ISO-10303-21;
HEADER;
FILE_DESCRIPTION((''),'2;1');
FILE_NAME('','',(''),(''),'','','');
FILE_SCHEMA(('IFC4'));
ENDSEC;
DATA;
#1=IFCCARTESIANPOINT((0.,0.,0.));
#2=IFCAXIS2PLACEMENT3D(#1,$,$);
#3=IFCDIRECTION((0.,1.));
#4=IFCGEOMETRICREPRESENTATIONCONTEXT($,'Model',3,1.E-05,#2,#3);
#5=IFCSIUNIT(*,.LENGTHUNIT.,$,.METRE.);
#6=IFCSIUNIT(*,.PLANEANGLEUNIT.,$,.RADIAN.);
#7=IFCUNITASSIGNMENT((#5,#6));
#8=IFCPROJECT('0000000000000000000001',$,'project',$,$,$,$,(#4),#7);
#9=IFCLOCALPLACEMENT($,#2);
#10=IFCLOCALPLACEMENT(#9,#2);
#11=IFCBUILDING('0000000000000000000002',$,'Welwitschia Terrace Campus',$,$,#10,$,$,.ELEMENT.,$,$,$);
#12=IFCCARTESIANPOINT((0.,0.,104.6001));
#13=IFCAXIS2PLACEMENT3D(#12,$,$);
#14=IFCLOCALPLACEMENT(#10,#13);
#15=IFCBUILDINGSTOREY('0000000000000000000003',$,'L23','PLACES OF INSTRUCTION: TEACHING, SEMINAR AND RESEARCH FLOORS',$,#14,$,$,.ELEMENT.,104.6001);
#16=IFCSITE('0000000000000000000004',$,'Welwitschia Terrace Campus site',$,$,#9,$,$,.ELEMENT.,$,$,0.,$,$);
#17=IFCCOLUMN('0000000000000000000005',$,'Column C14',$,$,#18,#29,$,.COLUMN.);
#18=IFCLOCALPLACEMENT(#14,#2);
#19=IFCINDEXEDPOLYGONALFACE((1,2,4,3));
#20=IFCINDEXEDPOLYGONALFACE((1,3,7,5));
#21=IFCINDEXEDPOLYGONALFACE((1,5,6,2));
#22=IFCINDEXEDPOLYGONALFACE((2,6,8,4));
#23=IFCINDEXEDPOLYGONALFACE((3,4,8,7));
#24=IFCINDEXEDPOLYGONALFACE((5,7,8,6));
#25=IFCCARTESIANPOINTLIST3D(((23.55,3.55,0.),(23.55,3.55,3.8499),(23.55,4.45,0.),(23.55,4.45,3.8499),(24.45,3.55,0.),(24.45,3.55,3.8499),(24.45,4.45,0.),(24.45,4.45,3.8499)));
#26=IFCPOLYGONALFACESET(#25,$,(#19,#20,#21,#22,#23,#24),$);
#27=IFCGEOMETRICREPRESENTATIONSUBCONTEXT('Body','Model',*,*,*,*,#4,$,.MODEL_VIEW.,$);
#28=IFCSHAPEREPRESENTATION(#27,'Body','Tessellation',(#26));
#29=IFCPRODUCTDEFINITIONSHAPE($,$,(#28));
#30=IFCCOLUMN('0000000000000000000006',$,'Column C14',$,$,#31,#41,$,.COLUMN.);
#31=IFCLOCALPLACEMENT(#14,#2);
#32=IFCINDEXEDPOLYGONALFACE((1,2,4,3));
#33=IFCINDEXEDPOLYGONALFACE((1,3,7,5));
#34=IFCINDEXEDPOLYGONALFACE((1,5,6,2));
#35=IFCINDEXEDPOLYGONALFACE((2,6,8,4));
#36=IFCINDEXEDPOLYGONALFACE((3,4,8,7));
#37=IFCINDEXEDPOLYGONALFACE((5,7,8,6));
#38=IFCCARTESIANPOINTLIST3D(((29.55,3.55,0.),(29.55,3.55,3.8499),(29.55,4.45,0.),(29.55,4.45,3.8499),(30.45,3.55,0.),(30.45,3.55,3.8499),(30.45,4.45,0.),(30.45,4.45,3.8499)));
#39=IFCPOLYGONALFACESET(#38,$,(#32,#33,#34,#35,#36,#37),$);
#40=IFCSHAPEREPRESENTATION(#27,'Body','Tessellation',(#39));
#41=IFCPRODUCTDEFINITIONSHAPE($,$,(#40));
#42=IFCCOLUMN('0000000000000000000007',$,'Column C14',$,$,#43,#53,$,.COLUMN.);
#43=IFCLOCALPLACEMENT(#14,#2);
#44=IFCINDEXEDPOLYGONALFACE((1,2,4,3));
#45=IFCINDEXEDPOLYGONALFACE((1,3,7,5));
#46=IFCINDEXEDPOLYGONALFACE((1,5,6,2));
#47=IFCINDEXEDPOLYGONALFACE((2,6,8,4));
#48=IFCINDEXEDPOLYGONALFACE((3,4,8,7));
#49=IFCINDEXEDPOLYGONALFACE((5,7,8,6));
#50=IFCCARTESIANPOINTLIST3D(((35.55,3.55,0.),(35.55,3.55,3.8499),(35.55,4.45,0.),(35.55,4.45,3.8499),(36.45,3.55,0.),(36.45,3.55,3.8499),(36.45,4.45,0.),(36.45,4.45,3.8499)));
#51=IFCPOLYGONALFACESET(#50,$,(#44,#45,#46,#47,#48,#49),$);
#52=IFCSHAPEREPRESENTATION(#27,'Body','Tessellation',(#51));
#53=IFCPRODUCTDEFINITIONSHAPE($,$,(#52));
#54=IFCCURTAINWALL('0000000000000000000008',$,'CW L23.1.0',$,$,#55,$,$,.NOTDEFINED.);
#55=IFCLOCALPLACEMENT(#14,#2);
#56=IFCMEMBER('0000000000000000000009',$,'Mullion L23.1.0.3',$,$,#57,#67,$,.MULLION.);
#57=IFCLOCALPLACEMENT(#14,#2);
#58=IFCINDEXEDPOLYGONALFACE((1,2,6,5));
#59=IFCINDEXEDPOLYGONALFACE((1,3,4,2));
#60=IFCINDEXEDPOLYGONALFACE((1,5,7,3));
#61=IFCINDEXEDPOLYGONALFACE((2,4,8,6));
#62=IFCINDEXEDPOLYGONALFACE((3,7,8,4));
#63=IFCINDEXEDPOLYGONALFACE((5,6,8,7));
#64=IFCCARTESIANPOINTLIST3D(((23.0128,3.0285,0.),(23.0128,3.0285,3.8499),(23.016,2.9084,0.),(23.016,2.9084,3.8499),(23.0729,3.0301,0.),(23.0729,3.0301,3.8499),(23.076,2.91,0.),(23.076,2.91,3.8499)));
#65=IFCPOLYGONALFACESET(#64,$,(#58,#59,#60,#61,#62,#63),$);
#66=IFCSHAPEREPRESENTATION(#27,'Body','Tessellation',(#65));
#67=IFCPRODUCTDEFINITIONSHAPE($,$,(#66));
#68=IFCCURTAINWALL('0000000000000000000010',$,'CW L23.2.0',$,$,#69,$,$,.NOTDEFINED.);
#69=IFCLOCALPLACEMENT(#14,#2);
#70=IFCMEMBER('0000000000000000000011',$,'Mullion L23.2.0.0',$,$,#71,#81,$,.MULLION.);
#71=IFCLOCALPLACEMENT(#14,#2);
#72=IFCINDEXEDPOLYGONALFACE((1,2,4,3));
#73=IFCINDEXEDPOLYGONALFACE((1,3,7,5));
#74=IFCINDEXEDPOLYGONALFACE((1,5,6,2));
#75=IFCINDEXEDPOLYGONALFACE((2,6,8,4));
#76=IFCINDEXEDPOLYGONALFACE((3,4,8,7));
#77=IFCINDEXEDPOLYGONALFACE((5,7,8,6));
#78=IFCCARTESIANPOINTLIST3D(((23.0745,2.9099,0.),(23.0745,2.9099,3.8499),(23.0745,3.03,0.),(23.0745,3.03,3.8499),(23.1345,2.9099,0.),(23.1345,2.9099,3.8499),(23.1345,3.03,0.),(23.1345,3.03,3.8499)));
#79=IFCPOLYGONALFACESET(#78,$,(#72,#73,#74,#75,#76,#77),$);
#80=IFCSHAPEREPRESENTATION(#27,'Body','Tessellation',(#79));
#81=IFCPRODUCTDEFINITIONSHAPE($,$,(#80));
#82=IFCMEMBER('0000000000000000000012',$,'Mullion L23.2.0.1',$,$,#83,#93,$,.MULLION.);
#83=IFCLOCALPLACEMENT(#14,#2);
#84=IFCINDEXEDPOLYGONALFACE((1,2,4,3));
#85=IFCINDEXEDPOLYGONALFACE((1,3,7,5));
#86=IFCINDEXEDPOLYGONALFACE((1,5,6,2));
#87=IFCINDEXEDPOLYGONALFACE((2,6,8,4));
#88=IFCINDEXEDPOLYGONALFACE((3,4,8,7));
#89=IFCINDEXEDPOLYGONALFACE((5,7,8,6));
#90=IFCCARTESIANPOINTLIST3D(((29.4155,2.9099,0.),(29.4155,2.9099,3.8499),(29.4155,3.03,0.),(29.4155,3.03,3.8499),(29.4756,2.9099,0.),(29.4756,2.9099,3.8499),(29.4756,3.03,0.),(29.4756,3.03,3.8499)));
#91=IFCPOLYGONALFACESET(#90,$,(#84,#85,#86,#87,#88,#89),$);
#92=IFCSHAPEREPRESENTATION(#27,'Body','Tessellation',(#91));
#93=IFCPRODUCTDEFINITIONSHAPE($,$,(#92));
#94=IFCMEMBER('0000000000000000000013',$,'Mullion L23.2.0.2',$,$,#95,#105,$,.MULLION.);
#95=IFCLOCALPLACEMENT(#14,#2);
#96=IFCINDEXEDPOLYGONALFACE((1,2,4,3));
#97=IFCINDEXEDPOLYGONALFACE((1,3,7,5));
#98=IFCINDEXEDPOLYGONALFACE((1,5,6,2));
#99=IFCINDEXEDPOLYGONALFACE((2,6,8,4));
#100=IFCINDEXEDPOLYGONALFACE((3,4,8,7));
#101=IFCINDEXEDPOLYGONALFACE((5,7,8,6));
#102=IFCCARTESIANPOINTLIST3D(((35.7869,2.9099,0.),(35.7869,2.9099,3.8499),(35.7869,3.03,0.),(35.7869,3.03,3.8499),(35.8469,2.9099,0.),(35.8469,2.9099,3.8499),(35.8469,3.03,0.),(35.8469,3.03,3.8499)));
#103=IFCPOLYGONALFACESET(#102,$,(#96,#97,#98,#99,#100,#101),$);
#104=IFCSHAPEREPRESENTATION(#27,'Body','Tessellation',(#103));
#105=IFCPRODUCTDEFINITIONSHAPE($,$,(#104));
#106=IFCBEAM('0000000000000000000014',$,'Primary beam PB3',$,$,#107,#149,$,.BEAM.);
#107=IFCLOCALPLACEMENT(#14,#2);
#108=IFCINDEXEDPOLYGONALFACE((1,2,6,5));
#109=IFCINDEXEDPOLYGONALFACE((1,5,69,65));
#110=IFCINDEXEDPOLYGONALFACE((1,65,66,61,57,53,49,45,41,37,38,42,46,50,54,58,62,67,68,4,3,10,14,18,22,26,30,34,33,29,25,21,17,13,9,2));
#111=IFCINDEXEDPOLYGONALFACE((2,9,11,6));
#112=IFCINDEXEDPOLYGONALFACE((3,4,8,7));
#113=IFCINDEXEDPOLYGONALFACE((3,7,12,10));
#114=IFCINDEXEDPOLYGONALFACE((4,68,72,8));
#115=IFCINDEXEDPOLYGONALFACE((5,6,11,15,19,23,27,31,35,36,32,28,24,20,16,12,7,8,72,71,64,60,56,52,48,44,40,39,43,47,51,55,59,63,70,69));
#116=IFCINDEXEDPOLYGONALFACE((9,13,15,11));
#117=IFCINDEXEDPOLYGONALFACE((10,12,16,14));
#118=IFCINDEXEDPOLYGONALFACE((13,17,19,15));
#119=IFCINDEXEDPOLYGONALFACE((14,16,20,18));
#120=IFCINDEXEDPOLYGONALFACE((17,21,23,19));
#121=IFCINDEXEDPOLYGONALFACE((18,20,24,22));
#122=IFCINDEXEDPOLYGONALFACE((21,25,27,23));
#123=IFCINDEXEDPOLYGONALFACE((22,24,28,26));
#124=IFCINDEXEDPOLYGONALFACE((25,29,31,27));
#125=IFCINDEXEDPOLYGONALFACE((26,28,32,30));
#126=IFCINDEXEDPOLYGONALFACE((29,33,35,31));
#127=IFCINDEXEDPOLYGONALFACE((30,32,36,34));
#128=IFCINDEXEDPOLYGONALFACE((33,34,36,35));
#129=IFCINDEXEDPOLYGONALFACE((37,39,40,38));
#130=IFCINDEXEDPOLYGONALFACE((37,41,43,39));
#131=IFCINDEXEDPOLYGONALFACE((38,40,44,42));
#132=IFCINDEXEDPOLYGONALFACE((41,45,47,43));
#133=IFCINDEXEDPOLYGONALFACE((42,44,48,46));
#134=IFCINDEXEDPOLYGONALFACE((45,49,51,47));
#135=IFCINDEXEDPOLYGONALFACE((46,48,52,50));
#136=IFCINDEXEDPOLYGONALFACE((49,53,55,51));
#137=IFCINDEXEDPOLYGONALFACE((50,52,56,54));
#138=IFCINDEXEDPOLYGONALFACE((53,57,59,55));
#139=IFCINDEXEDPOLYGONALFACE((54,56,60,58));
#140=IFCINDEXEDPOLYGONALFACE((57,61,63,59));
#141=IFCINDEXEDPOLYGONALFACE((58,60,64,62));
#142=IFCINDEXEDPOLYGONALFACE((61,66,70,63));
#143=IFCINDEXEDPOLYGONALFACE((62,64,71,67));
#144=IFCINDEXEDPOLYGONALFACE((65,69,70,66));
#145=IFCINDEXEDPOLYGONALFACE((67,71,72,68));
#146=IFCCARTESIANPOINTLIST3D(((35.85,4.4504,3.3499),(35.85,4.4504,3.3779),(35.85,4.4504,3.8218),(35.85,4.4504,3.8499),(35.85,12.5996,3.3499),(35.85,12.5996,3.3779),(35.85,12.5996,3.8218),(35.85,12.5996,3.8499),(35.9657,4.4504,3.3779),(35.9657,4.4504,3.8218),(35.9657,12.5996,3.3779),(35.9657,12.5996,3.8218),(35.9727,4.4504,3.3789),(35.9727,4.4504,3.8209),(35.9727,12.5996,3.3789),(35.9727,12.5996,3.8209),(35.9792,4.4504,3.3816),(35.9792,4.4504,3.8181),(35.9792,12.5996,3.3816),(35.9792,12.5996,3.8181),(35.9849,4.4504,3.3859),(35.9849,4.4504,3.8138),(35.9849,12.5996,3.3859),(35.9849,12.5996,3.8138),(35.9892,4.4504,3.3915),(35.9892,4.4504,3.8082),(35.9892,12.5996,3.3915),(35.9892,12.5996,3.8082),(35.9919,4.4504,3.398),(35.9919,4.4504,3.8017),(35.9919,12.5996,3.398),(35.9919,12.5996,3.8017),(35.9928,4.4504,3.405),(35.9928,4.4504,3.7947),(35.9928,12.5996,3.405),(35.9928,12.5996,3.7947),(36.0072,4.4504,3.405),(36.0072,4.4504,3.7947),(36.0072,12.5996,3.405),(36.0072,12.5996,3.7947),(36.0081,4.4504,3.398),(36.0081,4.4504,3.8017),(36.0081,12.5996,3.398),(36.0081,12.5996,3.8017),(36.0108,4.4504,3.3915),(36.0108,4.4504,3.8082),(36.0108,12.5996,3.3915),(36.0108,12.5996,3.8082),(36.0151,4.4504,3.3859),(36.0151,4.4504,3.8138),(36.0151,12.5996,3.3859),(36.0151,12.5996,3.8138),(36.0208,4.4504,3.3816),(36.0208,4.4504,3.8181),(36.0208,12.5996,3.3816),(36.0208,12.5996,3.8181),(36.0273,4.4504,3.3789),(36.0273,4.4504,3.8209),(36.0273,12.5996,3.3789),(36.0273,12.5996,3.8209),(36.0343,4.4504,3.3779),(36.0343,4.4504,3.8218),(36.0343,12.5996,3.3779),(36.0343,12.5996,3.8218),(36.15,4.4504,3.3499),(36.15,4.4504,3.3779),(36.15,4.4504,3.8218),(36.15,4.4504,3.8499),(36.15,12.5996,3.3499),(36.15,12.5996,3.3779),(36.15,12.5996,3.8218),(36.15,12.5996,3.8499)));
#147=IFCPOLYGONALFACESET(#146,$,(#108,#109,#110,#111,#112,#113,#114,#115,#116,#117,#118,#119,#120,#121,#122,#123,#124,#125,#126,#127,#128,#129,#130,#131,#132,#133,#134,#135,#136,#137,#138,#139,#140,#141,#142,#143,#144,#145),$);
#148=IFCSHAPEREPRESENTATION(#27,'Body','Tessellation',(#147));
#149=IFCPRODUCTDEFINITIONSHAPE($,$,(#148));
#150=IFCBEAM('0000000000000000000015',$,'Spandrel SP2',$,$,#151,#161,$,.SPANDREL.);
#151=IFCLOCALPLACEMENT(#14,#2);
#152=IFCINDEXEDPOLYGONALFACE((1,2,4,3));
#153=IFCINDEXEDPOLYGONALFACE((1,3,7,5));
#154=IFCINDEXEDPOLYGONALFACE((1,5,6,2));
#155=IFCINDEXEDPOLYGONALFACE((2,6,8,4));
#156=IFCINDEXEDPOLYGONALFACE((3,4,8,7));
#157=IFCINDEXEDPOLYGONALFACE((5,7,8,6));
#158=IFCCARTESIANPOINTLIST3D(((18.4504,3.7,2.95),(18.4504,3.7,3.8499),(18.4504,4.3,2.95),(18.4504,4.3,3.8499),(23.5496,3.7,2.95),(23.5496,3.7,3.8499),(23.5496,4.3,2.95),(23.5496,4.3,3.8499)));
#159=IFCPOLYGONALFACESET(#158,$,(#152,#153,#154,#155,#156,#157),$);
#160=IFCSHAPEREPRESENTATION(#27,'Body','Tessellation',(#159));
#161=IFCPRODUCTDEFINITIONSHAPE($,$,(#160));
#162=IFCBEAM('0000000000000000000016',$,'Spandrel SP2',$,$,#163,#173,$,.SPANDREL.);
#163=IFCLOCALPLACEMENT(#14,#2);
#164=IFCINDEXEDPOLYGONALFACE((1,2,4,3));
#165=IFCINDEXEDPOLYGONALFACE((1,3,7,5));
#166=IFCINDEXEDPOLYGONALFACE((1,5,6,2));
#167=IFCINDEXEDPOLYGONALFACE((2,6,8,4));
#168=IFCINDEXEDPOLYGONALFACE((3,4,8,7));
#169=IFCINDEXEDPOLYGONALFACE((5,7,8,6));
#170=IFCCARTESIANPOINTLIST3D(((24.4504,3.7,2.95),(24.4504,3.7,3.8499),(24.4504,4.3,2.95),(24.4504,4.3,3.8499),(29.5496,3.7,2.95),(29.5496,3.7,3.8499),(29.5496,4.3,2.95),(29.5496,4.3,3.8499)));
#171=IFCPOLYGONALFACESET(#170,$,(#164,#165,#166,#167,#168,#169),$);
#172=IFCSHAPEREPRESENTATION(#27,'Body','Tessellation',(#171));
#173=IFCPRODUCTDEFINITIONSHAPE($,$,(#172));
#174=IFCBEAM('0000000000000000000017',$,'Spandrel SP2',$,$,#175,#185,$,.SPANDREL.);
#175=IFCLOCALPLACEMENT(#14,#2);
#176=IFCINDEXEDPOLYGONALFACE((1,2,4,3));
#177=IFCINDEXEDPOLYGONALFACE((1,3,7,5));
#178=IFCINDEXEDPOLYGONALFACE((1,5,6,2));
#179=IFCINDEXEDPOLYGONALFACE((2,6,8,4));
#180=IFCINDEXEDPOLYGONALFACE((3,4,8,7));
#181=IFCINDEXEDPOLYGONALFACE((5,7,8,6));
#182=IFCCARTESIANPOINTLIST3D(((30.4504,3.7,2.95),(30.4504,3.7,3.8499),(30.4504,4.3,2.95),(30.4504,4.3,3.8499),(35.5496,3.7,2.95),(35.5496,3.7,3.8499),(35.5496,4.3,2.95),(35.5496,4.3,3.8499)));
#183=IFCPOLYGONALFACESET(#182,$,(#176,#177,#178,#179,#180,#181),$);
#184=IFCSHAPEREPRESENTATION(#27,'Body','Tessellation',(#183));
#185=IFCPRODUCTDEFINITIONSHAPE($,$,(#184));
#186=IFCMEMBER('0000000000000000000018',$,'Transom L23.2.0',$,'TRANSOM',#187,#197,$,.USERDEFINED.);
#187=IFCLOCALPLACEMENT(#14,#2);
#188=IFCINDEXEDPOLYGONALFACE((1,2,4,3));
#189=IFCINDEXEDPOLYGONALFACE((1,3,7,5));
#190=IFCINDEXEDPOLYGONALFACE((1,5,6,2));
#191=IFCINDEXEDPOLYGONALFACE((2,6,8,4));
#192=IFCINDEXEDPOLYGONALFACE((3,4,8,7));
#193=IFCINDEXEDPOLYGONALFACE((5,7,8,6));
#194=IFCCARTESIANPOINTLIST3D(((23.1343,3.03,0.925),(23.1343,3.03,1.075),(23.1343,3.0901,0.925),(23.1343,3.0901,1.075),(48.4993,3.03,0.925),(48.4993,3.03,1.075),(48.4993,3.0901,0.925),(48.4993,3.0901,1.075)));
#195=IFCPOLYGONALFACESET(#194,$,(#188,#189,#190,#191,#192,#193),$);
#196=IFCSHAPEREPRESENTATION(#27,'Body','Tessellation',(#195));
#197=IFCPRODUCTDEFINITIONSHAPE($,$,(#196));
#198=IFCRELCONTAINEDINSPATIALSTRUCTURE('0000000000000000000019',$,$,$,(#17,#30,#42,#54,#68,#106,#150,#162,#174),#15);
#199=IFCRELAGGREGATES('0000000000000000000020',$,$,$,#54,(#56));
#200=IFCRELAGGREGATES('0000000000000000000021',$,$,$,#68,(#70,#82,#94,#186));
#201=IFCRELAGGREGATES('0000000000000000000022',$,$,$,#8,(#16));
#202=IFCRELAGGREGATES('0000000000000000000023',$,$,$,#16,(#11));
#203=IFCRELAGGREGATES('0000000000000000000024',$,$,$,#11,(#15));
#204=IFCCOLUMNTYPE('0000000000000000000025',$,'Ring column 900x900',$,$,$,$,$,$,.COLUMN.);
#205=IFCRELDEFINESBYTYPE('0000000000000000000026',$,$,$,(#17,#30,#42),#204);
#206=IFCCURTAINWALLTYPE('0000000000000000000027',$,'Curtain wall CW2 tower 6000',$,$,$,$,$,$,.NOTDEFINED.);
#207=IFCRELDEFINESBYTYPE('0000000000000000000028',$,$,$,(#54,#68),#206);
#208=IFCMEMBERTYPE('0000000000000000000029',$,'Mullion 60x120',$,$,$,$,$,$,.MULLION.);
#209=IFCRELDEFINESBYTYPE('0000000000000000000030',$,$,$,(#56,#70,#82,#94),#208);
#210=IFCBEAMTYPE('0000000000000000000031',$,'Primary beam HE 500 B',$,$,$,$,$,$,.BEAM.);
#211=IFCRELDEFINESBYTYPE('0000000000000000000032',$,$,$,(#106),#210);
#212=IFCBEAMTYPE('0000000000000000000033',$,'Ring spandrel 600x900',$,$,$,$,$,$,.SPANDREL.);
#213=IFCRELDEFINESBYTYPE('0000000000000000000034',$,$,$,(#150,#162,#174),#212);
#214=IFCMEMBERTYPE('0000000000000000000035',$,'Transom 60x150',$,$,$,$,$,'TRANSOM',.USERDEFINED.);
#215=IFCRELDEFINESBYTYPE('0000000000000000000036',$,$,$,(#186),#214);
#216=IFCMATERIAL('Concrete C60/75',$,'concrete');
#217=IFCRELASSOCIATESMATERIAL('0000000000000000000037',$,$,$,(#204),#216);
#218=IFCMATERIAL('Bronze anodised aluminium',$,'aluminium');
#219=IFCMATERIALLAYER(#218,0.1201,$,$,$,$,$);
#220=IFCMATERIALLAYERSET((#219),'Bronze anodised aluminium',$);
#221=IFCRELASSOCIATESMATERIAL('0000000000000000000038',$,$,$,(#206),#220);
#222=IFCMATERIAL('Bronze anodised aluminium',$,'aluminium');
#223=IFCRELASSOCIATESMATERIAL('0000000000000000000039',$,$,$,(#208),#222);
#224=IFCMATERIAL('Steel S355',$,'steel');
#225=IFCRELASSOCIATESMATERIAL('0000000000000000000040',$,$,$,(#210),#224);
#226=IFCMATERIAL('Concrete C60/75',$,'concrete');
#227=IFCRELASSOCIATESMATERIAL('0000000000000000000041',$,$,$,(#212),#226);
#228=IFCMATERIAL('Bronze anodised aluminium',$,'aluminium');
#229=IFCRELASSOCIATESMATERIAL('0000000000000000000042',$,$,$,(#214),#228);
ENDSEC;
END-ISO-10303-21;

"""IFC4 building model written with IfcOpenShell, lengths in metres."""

from ifc_helpers import new_model, si_unit, direction, frame, origin, origin_2d, place, context, subcontext, project, spatial, rectangle, i_section, extrude, material, layer, layer_set, material_profile, profile_set, type_object, element, aggregate, save


model = new_model("IFC4")

# Units and contexts
model_context = context("Model", 3, precision=1e-05, world=origin(), true_north=direction((0.0, 1.0)))
body_context = subcontext(model_context, "Body", "Model", "MODEL_VIEW")
ifc_project = project(units=[si_unit("LENGTHUNIT", "METRE"), si_unit("PLANEANGLEUNIT", "RADIAN")], contexts=[model_context])

# Site, building, storey
site_placement = place(None, origin())
site = spatial("IfcSite", under=ifc_project, at=site_placement, Name="Welwitschia Terrace Campus site", CompositionType="ELEMENT", RefElevation=0.0)
building_placement = place(site_placement, origin())
building = spatial("IfcBuilding", under=site, at=building_placement, Name="Welwitschia Terrace Campus", CompositionType="ELEMENT")
storey_placement = place(building_placement, frame((0.0, 0.0, 104.6001)))
storey = spatial("IfcBuildingStorey", under=building, at=storey_placement, Name="L23", Description="PLACES OF INSTRUCTION: TEACHING, SEMINAR AND RESEARCH FLOORS", CompositionType="ELEMENT", Elevation=104.6001)

# Columns
ifc_material_1 = material(Name="Concrete C60/75", Category="concrete")
ifc_material_profile_1 = material_profile(ifc_material_1, rectangle(XDim=0.8999, YDim=0.8999, at=origin_2d()))
ifc_profile_set_1 = profile_set([ifc_material_profile_1], Name="Concrete C60/75")
column_type = type_object("IfcColumnType", Name="Ring column 900x900", PredefinedType="COLUMN", material=ifc_profile_set_1)
for number, where, z_axis, x_axis, name in (
    (1, (24.0, 4.0, 0.0), (0.0, 0.0, 1.0), (1.0, 0.0, 0.0), "Column C14"),
    (2, (30.0, 4.0, 0.0), (0.0, 0.0, 1.0), (1.0, 0.0, 0.0), "Column C14"),
    (3, (36.0, 4.0, 0.0), (0.0, 0.0, 1.0), (1.0, 0.0, 0.0), "Column C14"),
):
    element("IfcColumn", number, at=place(storey_placement, frame(where, z_axis=z_axis, x_axis=x_axis)), inside=storey, type_object=column_type, Name=name, PredefinedType="COLUMN", context=body_context, shape_type="SweptSolid", body=[
        extrude(rectangle(XDim=0.8999, YDim=0.8999, at=origin_2d()), origin(), (0.0, 0.0, 1.0), 3.8499),
    ])

# Curtain wall, member
ifc_material_2 = material(Name="Bronze anodised aluminium", Category="aluminium")
ifc_layer_1 = layer(ifc_material_2, 0.1201)
ifc_layer_set_1 = layer_set([ifc_layer_1], Name="Bronze anodised aluminium")
curtain_wall_type = type_object("IfcCurtainWallType", Name="Curtain wall CW2 tower 6000", PredefinedType="NOTDEFINED", material=ifc_layer_set_1)
curtain_wall_1_placement = place(storey_placement, origin())
curtain_wall_1 = element("IfcCurtainWall", 4, at=curtain_wall_1_placement, inside=storey, type_object=curtain_wall_type, Name="CW L23.1.0", PredefinedType="NOTDEFINED")
ifc_material_3 = material(Name="Bronze anodised aluminium", Category="aluminium")
ifc_material_profile_2 = material_profile(ifc_material_3, rectangle(XDim=0.1201, YDim=0.0601, at=origin_2d()))
ifc_profile_set_2 = profile_set([ifc_material_profile_2], Name="Bronze anodised aluminium")
member_type_1 = type_object("IfcMemberType", Name="Mullion 60x120", PredefinedType="MULLION", material=ifc_profile_set_2)
member_1_placement = place(storey_placement, frame((23.0444, 2.9692, 0.0), z_axis=(0.0, 0.0, 1.0), x_axis=(-0.026177, 0.999657, 0.0)))
member_1 = element("IfcMember", 5, at=member_1_placement, type_object=member_type_1, Name="Mullion L23.1.0.3", PredefinedType="MULLION", context=body_context, shape_type="SweptSolid", body=[
    extrude(rectangle(XDim=0.1201, YDim=0.0601, at=origin_2d()), origin(), (0.0, 0.0, 1.0), 3.8499),
])

# Curtain wall, members
curtain_wall_2_placement = place(storey_placement, origin())
curtain_wall_2 = element("IfcCurtainWall", 6, at=curtain_wall_2_placement, inside=storey, type_object=curtain_wall_type, Name="CW L23.2.0", PredefinedType="NOTDEFINED")
member_2_placement = place(storey_placement, frame((23.1045, 2.97, 0.0), z_axis=(0.0, 0.0, 1.0), x_axis=(0.0, 1.0, 0.0)))
member_2 = element("IfcMember", 7, at=member_2_placement, type_object=member_type_1, Name="Mullion L23.2.0.0", PredefinedType="MULLION", context=body_context, shape_type="SweptSolid", body=[
    extrude(rectangle(XDim=0.1201, YDim=0.0601, at=origin_2d()), origin(), (0.0, 0.0, 1.0), 3.8499),
])
member_3_placement = place(storey_placement, frame((29.4456, 2.97, 0.0), z_axis=(0.0, 0.0, 1.0), x_axis=(0.0, 1.0, 0.0)))
member_3 = element("IfcMember", 8, at=member_3_placement, type_object=member_type_1, Name="Mullion L23.2.0.1", PredefinedType="MULLION", context=body_context, shape_type="SweptSolid", body=[
    extrude(rectangle(XDim=0.1201, YDim=0.0601, at=origin_2d()), origin(), (0.0, 0.0, 1.0), 3.8499),
])
member_4_placement = place(storey_placement, frame((35.8169, 2.97, 0.0), z_axis=(0.0, 0.0, 1.0), x_axis=(0.0, 1.0, 0.0)))
member_4 = element("IfcMember", 9, at=member_4_placement, type_object=member_type_1, Name="Mullion L23.2.0.2", PredefinedType="MULLION", context=body_context, shape_type="SweptSolid", body=[
    extrude(rectangle(XDim=0.1201, YDim=0.0601, at=origin_2d()), origin(), (0.0, 0.0, 1.0), 3.8499),
])

# Beams
ifc_material_4 = material(Name="Steel S355", Category="steel")
ifc_material_profile_3 = material_profile(ifc_material_4, i_section(OverallWidth=0.3, OverallDepth=0.5, WebThickness=0.0144, FlangeThickness=0.0281, FilletRadius=0.0271, at=origin_2d()))
ifc_profile_set_3 = profile_set([ifc_material_profile_3], Name="Steel S355")
beam_type_1 = type_object("IfcBeamType", Name="Primary beam HE 500 B", PredefinedType="BEAM", material=ifc_profile_set_3)
beam_placement = place(storey_placement, frame((36.0, 4.4504, 3.5999), z_axis=(0.0, 1.0, 0.0), x_axis=(-1.0, 0.0, 0.0)))
element("IfcBeam", 10, at=beam_placement, inside=storey, type_object=beam_type_1, Name="Primary beam PB3", PredefinedType="BEAM", context=body_context, shape_type="SweptSolid", body=[
    extrude(i_section(OverallWidth=0.3, OverallDepth=0.5, WebThickness=0.0144, FlangeThickness=0.0281, FilletRadius=0.0271, at=origin_2d()), origin(), (0.0, 0.0, 1.0), 8.1492),
])
ifc_material_5 = material(Name="Concrete C60/75", Category="concrete")
ifc_material_profile_4 = material_profile(ifc_material_5, rectangle(XDim=0.6001, YDim=0.8999, at=origin_2d()))
ifc_profile_set_4 = profile_set([ifc_material_profile_4], Name="Concrete C60/75")
beam_type_2 = type_object("IfcBeamType", Name="Ring spandrel 600x900", PredefinedType="SPANDREL", material=ifc_profile_set_4)
for number, where, z_axis, x_axis, name in (
    (11, (18.4504, 4.0, 3.3999), (1.0, 0.0, 0.0), (0.0, 1.0, 0.0), "Spandrel SP2"),
    (12, (24.4504, 4.0, 3.3999), (1.0, 0.0, 0.0), (0.0, 1.0, 0.0), "Spandrel SP2"),
    (13, (30.4504, 4.0, 3.3999), (1.0, 0.0, 0.0), (0.0, 1.0, 0.0), "Spandrel SP2"),
):
    element("IfcBeam", number, at=place(storey_placement, frame(where, z_axis=z_axis, x_axis=x_axis)), inside=storey, type_object=beam_type_2, Name=name, PredefinedType="SPANDREL", context=body_context, shape_type="SweptSolid", body=[
        extrude(rectangle(XDim=0.6001, YDim=0.8999, at=origin_2d()), origin(), (0.0, 0.0, 1.0), 5.0991),
    ])

# Member
ifc_material_6 = material(Name="Bronze anodised aluminium", Category="aluminium")
ifc_material_profile_5 = material_profile(ifc_material_6, rectangle(XDim=0.0601, YDim=0.1499, at=origin_2d()))
ifc_profile_set_5 = profile_set([ifc_material_profile_5], Name="Bronze anodised aluminium")
member_type_2 = type_object("IfcMemberType", Name="Transom 60x150", ElementType="TRANSOM", PredefinedType="USERDEFINED", material=ifc_profile_set_5)
member_5_placement = place(storey_placement, frame((23.1343, 3.0601, 1.0), z_axis=(1.0, 0.0, 0.0), x_axis=(0.0, 1.0, 0.0)))
member_5 = element("IfcMember", 14, at=member_5_placement, type_object=member_type_2, Name="Transom L23.2.0", ObjectType="TRANSOM", PredefinedType="USERDEFINED", context=body_context, shape_type="SweptSolid", body=[
    extrude(rectangle(XDim=0.0601, YDim=0.1499, at=origin_2d()), origin(), (0.0, 0.0, 1.0), 25.365),
])

aggregate(curtain_wall_1, [member_1])
aggregate(curtain_wall_2, [member_2, member_3, member_4, member_5])

save(model, "model.ifc")
